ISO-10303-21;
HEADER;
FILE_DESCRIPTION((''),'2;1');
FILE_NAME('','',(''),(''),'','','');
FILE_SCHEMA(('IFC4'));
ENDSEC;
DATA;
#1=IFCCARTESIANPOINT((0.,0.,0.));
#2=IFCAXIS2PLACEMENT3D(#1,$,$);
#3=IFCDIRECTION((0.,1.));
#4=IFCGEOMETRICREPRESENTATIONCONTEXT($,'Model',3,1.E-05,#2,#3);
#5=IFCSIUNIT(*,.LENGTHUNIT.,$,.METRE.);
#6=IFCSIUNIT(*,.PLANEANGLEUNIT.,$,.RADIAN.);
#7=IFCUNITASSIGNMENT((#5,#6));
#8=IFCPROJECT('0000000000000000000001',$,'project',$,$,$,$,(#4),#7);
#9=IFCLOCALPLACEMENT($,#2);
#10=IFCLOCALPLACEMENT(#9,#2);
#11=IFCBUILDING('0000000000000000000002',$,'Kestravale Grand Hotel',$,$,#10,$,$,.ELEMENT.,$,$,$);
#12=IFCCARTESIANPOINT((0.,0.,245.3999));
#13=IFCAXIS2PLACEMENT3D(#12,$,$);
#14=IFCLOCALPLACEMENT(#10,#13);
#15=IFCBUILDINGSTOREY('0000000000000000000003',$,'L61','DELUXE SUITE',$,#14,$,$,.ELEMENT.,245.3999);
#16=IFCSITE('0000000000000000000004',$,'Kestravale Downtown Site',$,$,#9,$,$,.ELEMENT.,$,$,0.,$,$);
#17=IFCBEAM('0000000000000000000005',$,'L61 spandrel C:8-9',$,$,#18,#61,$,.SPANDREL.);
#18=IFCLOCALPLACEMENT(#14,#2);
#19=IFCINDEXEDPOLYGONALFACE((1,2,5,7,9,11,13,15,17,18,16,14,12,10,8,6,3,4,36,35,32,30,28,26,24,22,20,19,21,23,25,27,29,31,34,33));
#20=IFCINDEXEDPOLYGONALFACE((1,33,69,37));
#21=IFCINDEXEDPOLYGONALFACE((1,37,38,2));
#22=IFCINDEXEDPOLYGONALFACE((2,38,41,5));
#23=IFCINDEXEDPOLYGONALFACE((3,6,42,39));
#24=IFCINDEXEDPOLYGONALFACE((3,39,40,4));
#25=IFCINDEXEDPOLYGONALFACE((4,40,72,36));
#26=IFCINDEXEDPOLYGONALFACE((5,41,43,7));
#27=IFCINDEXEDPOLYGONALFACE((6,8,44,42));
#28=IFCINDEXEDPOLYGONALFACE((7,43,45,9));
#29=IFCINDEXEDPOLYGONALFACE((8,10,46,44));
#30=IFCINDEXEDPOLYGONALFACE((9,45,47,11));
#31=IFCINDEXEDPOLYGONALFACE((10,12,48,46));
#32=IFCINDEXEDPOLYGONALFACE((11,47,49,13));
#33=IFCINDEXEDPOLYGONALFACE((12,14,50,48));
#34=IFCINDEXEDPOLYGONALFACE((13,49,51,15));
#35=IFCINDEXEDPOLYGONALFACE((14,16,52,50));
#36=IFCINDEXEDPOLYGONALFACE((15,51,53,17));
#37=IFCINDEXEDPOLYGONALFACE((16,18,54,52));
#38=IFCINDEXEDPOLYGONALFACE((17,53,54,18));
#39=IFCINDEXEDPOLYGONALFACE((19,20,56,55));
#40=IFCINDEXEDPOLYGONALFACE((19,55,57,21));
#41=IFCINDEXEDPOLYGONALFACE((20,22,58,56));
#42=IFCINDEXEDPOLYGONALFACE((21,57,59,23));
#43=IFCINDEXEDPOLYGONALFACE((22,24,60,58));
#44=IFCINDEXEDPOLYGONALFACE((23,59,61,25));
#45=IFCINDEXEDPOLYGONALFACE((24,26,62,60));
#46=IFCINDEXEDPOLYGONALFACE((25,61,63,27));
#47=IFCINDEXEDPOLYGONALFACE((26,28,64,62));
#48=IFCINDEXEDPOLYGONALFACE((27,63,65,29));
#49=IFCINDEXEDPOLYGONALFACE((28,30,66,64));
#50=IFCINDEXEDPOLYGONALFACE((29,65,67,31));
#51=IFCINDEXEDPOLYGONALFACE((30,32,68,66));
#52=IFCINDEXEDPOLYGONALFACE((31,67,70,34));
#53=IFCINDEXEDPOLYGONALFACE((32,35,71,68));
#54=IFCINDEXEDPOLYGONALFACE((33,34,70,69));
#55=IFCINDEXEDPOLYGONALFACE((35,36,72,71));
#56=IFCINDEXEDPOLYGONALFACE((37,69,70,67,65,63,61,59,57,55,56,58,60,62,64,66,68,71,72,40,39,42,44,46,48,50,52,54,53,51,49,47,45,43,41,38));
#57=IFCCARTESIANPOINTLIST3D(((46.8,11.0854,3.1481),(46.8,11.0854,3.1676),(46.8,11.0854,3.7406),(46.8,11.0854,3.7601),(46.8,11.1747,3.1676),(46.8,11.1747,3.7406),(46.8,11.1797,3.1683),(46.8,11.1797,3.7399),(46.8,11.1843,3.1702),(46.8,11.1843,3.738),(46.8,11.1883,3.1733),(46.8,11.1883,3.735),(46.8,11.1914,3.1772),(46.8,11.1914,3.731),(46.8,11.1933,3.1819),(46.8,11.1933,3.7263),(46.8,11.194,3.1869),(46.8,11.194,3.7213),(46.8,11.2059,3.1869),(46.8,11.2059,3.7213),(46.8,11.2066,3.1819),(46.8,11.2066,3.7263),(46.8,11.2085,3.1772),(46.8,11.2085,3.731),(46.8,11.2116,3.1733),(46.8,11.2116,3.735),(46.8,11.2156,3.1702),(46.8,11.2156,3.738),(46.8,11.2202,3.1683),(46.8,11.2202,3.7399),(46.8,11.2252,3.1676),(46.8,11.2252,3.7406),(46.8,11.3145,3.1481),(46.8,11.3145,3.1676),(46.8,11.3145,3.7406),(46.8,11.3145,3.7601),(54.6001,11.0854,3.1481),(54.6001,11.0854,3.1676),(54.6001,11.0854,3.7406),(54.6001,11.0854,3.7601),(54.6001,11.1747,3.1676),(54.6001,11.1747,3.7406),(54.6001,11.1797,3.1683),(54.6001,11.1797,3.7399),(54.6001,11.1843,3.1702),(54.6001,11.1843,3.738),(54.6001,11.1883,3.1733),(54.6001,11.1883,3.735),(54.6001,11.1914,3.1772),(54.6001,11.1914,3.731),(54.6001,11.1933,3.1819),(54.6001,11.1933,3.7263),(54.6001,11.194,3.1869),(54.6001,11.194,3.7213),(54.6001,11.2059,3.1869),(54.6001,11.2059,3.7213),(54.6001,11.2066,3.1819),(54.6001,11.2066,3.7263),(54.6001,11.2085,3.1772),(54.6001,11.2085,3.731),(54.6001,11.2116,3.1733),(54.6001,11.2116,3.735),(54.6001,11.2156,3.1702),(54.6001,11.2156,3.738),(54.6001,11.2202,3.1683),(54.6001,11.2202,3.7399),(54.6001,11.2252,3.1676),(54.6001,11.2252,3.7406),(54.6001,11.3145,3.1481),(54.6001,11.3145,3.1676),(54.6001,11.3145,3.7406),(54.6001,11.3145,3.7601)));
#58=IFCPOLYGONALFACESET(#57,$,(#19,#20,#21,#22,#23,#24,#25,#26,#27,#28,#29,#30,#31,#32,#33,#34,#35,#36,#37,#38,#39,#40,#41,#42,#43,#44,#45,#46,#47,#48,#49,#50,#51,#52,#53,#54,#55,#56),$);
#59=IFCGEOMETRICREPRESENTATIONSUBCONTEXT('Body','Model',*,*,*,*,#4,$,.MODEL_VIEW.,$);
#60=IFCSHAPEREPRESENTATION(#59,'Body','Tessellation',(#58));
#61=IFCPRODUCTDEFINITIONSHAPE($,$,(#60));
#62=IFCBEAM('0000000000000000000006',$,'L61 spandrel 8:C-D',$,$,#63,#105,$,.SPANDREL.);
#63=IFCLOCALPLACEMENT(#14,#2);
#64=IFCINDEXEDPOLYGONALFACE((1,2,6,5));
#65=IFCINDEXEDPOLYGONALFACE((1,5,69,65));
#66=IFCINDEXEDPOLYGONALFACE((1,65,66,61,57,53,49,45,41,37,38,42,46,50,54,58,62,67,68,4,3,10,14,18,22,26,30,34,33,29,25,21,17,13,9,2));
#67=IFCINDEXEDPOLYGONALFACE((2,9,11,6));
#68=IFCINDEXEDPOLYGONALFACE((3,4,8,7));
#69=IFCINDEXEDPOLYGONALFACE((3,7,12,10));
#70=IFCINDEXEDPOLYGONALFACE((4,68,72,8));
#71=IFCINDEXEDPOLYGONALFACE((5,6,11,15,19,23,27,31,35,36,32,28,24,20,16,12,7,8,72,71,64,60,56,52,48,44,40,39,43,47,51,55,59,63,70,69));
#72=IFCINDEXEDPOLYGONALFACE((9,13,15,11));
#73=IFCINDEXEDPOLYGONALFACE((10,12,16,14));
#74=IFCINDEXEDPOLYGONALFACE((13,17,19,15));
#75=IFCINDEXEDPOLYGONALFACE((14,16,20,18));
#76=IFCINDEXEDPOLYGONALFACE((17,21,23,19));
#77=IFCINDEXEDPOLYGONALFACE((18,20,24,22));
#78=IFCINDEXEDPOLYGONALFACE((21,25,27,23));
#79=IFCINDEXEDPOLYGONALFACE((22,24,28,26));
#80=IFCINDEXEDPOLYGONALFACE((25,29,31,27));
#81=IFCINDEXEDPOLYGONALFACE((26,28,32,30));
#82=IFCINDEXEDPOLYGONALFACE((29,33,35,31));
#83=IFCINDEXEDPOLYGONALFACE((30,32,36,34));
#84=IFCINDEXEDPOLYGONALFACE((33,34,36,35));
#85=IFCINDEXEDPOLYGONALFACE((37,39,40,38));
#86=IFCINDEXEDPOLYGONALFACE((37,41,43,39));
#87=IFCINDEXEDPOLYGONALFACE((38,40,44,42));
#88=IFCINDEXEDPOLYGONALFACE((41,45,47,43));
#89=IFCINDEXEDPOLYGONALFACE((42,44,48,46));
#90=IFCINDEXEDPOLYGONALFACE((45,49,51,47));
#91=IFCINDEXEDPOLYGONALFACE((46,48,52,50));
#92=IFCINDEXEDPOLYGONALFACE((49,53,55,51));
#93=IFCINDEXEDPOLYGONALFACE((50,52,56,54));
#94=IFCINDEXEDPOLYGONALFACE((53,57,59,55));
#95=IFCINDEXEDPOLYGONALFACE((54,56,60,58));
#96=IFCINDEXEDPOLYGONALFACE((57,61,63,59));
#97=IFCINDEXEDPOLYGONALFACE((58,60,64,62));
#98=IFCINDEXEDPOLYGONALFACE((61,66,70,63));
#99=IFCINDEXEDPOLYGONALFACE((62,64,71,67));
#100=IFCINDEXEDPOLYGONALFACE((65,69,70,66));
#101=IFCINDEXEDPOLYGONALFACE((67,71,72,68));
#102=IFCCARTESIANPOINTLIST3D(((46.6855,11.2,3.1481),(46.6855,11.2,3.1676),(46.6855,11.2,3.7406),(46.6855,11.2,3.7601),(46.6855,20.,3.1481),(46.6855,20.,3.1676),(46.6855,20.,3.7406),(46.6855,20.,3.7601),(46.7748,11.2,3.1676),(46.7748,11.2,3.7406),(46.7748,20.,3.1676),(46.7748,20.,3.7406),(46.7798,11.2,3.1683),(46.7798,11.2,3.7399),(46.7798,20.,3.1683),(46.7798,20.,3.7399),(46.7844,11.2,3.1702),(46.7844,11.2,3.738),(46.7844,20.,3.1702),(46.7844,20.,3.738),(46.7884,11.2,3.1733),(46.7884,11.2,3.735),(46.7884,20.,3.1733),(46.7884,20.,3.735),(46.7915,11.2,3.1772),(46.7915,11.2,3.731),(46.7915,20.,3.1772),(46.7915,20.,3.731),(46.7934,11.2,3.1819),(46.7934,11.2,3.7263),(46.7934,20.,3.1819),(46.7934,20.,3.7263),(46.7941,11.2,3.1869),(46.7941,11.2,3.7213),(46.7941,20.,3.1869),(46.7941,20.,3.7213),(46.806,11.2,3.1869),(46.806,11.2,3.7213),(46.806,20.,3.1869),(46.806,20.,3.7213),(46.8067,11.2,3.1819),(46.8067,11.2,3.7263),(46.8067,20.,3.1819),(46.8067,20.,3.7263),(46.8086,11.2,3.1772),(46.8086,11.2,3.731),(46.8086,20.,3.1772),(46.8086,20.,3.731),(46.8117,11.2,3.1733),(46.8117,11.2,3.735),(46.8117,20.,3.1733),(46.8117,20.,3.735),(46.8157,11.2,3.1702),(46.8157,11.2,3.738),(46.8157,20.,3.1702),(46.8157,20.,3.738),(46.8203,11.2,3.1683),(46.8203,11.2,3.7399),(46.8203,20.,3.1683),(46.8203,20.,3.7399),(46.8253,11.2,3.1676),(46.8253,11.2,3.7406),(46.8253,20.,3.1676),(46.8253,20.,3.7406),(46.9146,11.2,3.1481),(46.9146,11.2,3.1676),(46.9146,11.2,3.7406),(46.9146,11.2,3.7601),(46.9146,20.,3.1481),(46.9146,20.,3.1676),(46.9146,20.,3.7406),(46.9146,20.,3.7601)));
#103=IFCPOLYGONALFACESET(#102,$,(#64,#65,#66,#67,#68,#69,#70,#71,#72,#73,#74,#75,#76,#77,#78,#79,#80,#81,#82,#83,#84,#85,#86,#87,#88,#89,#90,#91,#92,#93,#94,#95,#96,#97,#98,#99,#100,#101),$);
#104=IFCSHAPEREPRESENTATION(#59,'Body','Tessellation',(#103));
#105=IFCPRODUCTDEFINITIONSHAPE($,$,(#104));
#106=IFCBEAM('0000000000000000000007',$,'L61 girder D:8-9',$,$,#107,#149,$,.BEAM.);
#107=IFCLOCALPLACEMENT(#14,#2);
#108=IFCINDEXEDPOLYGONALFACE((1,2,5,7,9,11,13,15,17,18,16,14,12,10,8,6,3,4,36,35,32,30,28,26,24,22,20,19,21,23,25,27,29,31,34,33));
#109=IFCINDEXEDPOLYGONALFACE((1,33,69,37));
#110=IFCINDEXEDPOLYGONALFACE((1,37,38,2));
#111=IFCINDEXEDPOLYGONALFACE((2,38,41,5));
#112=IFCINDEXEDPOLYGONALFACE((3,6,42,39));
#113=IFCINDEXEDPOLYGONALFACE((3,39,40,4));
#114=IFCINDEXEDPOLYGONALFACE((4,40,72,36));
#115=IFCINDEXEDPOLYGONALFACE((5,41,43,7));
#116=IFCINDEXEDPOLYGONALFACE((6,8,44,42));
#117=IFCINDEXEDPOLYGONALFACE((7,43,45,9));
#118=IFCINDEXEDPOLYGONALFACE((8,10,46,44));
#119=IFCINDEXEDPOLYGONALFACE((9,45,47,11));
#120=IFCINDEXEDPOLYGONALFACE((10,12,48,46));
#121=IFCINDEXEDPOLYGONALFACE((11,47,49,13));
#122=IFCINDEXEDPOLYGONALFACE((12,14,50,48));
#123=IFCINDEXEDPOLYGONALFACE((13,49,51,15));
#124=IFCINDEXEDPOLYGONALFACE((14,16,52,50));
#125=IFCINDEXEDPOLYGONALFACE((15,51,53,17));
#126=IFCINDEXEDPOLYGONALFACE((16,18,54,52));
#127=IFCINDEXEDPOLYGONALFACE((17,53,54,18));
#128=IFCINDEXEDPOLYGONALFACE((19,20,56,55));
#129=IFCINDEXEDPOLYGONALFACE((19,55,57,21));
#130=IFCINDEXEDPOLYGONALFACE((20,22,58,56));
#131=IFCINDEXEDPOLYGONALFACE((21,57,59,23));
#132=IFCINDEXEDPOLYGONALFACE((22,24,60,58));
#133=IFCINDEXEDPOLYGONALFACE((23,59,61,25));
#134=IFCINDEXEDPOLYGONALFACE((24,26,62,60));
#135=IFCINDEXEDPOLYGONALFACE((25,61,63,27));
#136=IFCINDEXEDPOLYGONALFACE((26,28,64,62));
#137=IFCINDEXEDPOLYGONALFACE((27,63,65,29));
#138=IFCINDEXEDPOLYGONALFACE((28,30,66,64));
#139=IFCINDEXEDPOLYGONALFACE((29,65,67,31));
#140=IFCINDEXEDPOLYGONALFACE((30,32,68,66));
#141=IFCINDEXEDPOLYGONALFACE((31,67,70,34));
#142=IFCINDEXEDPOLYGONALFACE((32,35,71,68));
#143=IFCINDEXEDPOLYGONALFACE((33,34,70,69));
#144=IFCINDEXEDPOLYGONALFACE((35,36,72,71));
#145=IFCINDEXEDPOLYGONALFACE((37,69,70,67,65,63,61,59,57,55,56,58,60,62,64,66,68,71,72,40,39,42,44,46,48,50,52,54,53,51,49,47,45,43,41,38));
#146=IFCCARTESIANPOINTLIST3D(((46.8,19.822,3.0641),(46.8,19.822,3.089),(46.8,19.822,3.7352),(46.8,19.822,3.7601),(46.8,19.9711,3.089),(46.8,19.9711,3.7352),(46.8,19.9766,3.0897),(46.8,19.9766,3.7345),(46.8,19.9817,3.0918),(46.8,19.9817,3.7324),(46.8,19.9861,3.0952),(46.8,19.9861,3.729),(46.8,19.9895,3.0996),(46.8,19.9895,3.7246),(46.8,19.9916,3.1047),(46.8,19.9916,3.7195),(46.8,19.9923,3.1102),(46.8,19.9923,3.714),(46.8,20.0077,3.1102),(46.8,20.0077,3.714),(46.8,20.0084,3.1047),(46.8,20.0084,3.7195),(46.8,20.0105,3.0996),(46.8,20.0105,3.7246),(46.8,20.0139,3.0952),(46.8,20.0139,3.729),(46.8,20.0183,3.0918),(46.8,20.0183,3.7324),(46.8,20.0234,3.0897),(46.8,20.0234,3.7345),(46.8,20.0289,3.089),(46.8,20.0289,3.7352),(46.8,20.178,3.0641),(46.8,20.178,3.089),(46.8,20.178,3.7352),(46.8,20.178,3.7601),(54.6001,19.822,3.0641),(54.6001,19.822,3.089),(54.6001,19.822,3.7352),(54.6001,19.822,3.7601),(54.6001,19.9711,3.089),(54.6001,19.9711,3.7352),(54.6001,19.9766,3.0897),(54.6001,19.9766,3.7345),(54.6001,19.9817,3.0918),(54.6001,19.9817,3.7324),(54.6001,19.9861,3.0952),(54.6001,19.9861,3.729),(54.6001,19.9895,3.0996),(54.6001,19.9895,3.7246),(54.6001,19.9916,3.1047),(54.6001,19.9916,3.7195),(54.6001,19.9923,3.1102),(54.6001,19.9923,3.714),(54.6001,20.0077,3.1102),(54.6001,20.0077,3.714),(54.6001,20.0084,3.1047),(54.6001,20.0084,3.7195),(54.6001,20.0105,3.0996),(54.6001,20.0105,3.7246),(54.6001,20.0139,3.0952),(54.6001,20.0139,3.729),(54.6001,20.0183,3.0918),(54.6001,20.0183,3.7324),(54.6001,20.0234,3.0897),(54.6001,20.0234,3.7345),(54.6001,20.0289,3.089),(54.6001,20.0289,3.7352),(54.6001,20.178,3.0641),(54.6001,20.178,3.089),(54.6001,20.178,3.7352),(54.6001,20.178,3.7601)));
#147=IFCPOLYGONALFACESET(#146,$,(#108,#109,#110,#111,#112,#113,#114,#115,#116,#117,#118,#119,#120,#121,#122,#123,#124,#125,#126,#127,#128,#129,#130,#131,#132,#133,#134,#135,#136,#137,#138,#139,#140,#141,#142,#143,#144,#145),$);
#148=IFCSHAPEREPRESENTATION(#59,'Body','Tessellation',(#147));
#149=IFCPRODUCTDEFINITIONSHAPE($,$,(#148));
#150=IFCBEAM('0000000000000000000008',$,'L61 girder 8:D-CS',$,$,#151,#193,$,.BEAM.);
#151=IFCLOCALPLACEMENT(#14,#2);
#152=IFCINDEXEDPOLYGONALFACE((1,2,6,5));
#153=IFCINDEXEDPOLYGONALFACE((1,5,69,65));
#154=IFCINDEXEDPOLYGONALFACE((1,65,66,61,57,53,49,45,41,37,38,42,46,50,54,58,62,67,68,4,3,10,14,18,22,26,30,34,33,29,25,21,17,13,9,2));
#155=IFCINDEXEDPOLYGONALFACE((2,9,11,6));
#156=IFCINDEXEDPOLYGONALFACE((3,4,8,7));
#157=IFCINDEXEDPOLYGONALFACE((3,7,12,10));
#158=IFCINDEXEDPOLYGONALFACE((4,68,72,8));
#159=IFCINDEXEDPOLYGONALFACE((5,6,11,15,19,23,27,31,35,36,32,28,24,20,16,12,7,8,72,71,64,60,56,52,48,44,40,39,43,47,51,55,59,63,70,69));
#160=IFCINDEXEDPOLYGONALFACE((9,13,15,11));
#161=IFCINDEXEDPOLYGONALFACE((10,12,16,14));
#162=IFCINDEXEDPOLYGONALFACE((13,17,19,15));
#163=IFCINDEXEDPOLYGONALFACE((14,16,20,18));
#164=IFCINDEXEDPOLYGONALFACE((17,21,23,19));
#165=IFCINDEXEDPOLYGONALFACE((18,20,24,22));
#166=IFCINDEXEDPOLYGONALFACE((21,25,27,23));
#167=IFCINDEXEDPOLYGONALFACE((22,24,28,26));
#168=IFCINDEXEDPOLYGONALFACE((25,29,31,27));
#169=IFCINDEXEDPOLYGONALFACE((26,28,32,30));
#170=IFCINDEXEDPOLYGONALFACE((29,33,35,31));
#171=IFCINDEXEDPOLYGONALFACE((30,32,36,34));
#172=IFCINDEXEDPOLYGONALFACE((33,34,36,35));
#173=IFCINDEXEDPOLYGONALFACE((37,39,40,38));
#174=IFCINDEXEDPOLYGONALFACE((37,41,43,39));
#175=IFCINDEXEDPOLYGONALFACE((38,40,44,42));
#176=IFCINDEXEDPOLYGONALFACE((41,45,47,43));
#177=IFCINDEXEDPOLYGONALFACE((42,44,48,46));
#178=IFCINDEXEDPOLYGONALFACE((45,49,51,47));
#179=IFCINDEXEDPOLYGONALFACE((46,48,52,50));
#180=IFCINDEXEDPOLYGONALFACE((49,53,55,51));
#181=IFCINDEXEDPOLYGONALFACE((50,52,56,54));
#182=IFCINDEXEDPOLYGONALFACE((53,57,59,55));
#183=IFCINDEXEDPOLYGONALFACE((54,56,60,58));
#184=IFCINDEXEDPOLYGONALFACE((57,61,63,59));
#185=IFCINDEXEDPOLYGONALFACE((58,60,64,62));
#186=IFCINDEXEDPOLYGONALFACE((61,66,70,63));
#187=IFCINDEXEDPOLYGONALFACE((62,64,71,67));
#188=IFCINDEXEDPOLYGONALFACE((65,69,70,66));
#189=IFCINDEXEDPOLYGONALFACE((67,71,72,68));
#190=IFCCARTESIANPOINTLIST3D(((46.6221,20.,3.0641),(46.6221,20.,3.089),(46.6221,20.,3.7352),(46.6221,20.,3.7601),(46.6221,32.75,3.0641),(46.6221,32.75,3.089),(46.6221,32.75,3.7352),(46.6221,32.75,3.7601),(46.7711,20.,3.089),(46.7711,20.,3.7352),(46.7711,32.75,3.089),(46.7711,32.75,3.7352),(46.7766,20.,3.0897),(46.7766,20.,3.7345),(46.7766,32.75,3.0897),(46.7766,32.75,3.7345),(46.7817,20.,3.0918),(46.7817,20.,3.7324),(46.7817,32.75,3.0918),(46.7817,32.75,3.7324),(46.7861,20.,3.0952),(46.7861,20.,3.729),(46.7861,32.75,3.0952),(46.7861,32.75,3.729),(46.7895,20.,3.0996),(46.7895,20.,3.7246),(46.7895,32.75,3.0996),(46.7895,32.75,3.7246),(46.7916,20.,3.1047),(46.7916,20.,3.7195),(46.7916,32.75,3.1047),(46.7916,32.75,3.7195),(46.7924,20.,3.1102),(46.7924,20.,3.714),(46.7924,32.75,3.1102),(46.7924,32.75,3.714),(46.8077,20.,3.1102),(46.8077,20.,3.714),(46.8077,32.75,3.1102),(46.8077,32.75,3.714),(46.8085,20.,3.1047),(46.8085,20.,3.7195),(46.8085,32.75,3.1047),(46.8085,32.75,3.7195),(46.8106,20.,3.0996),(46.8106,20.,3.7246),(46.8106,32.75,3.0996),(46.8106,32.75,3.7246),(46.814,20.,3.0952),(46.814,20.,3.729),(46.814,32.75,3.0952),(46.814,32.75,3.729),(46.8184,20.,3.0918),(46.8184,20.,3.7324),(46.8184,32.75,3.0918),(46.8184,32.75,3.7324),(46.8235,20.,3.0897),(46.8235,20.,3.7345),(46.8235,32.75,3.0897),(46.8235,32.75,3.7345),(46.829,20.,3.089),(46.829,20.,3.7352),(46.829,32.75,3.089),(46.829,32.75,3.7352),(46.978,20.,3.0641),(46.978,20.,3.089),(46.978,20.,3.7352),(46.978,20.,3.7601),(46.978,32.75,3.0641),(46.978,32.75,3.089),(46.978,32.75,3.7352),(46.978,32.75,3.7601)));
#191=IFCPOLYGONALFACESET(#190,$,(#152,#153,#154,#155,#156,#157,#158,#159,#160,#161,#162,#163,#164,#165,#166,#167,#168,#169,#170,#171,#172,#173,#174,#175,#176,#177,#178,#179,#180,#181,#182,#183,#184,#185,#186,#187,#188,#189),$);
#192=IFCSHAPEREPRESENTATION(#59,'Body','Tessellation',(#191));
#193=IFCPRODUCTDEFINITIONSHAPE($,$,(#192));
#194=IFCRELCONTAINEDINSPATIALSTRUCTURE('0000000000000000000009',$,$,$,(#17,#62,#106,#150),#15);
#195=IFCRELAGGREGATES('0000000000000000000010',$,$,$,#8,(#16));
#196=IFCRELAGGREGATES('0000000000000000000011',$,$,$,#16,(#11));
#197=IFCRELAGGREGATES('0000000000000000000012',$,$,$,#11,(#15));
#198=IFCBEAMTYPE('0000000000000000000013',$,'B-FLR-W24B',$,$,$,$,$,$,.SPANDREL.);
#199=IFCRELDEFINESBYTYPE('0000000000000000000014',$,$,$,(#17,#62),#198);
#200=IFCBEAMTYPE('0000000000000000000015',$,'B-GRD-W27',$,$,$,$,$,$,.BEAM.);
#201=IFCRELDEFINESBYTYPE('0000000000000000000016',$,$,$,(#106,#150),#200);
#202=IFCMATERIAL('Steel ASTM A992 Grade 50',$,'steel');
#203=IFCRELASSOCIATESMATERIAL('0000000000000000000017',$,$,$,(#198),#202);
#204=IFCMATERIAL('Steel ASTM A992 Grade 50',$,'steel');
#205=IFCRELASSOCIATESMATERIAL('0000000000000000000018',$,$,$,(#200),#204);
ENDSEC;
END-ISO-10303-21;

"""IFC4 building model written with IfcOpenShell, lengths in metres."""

from ifc_helpers import new_model, si_unit, direction, frame, origin, origin_2d, place, context, subcontext, project, spatial, i_section, extrude, material, material_profile, profile_set, type_object, element, save


model = new_model("IFC4")

# Units and contexts
model_context = context("Model", 3, precision=1e-05, world=origin(), true_north=direction((0.0, 1.0)))
body_context = subcontext(model_context, "Body", "Model", "MODEL_VIEW")
ifc_project = project(units=[si_unit("LENGTHUNIT", "METRE"), si_unit("PLANEANGLEUNIT", "RADIAN")], contexts=[model_context])

# Site, building, storey
site_placement = place(None, origin())
site = spatial("IfcSite", under=ifc_project, at=site_placement, Name="Kestravale Downtown Site", CompositionType="ELEMENT", RefElevation=0.0)
building_placement = place(site_placement, origin())
building = spatial("IfcBuilding", under=site, at=building_placement, Name="Kestravale Grand Hotel", CompositionType="ELEMENT")
storey_placement = place(building_placement, frame((0.0, 0.0, 245.3999)))
storey = spatial("IfcBuildingStorey", under=building, at=storey_placement, Name="L61", Description="DELUXE SUITE", CompositionType="ELEMENT", Elevation=245.3999)

# Beams
ifc_material_1 = material(Name="Steel ASTM A992 Grade 50", Category="steel")
ifc_material_profile_1 = material_profile(ifc_material_1, i_section(OverallWidth=0.229, OverallDepth=0.6121, WebThickness=0.012, FlangeThickness=0.0195, FilletRadius=0.0193, at=origin_2d()))
ifc_profile_set_1 = profile_set([ifc_material_profile_1], Name="Steel ASTM A992 Grade 50")
beam_type_1 = type_object("IfcBeamType", Name="B-FLR-W24B", PredefinedType="SPANDREL", material=ifc_profile_set_1)
beam_1_placement = place(storey_placement, frame((46.8, 11.2, 3.4541), z_axis=(1.0, 0.0, 0.0), x_axis=(0.0, 1.0, 0.0)))
element("IfcBeam", 1, at=beam_1_placement, inside=storey, type_object=beam_type_1, Name="L61 spandrel C:8-9", PredefinedType="SPANDREL", context=body_context, shape_type="SweptSolid", body=[
    extrude(i_section(OverallWidth=0.229, OverallDepth=0.6121, WebThickness=0.012, FlangeThickness=0.0195, FilletRadius=0.0193, at=origin_2d()), origin(), (0.0, 0.0, 1.0), 7.8),
])
beam_2_placement = place(storey_placement, frame((46.8, 11.2, 3.4541), z_axis=(0.0, 1.0, 0.0), x_axis=(-1.0, 0.0, 0.0)))
element("IfcBeam", 2, at=beam_2_placement, inside=storey, type_object=beam_type_1, Name="L61 spandrel 8:C-D", PredefinedType="SPANDREL", context=body_context, shape_type="SweptSolid", body=[
    extrude(i_section(OverallWidth=0.229, OverallDepth=0.6121, WebThickness=0.012, FlangeThickness=0.0195, FilletRadius=0.0193, at=origin_2d()), origin(), (0.0, 0.0, 1.0), 8.8),
])
ifc_material_2 = material(Name="Steel ASTM A992 Grade 50", Category="steel")
ifc_material_profile_2 = material_profile(ifc_material_2, i_section(OverallWidth=0.356, OverallDepth=0.696, WebThickness=0.0154, FlangeThickness=0.0249, FilletRadius=0.0212, at=origin_2d()))
ifc_profile_set_2 = profile_set([ifc_material_profile_2], Name="Steel ASTM A992 Grade 50")
beam_type_2 = type_object("IfcBeamType", Name="B-GRD-W27", PredefinedType="BEAM", material=ifc_profile_set_2)
beam_3_placement = place(storey_placement, frame((46.8, 20.0, 3.4121), z_axis=(1.0, 0.0, 0.0), x_axis=(0.0, 1.0, 0.0)))
element("IfcBeam", 3, at=beam_3_placement, inside=storey, type_object=beam_type_2, Name="L61 girder D:8-9", PredefinedType="BEAM", context=body_context, shape_type="SweptSolid", body=[
    extrude(i_section(OverallWidth=0.356, OverallDepth=0.696, WebThickness=0.0154, FlangeThickness=0.0249, FilletRadius=0.0212, at=origin_2d()), origin(), (0.0, 0.0, 1.0), 7.8),
])
beam_4_placement = place(storey_placement, frame((46.8, 20.0, 3.4121), z_axis=(0.0, 1.0, 0.0), x_axis=(-1.0, 0.0, 0.0)))
element("IfcBeam", 4, at=beam_4_placement, inside=storey, type_object=beam_type_2, Name="L61 girder 8:D-CS", PredefinedType="BEAM", context=body_context, shape_type="SweptSolid", body=[
    extrude(i_section(OverallWidth=0.356, OverallDepth=0.696, WebThickness=0.0154, FlangeThickness=0.0249, FilletRadius=0.0212, at=origin_2d()), origin(), (0.0, 0.0, 1.0), 12.75),
])

save(model, "model.ifc")
